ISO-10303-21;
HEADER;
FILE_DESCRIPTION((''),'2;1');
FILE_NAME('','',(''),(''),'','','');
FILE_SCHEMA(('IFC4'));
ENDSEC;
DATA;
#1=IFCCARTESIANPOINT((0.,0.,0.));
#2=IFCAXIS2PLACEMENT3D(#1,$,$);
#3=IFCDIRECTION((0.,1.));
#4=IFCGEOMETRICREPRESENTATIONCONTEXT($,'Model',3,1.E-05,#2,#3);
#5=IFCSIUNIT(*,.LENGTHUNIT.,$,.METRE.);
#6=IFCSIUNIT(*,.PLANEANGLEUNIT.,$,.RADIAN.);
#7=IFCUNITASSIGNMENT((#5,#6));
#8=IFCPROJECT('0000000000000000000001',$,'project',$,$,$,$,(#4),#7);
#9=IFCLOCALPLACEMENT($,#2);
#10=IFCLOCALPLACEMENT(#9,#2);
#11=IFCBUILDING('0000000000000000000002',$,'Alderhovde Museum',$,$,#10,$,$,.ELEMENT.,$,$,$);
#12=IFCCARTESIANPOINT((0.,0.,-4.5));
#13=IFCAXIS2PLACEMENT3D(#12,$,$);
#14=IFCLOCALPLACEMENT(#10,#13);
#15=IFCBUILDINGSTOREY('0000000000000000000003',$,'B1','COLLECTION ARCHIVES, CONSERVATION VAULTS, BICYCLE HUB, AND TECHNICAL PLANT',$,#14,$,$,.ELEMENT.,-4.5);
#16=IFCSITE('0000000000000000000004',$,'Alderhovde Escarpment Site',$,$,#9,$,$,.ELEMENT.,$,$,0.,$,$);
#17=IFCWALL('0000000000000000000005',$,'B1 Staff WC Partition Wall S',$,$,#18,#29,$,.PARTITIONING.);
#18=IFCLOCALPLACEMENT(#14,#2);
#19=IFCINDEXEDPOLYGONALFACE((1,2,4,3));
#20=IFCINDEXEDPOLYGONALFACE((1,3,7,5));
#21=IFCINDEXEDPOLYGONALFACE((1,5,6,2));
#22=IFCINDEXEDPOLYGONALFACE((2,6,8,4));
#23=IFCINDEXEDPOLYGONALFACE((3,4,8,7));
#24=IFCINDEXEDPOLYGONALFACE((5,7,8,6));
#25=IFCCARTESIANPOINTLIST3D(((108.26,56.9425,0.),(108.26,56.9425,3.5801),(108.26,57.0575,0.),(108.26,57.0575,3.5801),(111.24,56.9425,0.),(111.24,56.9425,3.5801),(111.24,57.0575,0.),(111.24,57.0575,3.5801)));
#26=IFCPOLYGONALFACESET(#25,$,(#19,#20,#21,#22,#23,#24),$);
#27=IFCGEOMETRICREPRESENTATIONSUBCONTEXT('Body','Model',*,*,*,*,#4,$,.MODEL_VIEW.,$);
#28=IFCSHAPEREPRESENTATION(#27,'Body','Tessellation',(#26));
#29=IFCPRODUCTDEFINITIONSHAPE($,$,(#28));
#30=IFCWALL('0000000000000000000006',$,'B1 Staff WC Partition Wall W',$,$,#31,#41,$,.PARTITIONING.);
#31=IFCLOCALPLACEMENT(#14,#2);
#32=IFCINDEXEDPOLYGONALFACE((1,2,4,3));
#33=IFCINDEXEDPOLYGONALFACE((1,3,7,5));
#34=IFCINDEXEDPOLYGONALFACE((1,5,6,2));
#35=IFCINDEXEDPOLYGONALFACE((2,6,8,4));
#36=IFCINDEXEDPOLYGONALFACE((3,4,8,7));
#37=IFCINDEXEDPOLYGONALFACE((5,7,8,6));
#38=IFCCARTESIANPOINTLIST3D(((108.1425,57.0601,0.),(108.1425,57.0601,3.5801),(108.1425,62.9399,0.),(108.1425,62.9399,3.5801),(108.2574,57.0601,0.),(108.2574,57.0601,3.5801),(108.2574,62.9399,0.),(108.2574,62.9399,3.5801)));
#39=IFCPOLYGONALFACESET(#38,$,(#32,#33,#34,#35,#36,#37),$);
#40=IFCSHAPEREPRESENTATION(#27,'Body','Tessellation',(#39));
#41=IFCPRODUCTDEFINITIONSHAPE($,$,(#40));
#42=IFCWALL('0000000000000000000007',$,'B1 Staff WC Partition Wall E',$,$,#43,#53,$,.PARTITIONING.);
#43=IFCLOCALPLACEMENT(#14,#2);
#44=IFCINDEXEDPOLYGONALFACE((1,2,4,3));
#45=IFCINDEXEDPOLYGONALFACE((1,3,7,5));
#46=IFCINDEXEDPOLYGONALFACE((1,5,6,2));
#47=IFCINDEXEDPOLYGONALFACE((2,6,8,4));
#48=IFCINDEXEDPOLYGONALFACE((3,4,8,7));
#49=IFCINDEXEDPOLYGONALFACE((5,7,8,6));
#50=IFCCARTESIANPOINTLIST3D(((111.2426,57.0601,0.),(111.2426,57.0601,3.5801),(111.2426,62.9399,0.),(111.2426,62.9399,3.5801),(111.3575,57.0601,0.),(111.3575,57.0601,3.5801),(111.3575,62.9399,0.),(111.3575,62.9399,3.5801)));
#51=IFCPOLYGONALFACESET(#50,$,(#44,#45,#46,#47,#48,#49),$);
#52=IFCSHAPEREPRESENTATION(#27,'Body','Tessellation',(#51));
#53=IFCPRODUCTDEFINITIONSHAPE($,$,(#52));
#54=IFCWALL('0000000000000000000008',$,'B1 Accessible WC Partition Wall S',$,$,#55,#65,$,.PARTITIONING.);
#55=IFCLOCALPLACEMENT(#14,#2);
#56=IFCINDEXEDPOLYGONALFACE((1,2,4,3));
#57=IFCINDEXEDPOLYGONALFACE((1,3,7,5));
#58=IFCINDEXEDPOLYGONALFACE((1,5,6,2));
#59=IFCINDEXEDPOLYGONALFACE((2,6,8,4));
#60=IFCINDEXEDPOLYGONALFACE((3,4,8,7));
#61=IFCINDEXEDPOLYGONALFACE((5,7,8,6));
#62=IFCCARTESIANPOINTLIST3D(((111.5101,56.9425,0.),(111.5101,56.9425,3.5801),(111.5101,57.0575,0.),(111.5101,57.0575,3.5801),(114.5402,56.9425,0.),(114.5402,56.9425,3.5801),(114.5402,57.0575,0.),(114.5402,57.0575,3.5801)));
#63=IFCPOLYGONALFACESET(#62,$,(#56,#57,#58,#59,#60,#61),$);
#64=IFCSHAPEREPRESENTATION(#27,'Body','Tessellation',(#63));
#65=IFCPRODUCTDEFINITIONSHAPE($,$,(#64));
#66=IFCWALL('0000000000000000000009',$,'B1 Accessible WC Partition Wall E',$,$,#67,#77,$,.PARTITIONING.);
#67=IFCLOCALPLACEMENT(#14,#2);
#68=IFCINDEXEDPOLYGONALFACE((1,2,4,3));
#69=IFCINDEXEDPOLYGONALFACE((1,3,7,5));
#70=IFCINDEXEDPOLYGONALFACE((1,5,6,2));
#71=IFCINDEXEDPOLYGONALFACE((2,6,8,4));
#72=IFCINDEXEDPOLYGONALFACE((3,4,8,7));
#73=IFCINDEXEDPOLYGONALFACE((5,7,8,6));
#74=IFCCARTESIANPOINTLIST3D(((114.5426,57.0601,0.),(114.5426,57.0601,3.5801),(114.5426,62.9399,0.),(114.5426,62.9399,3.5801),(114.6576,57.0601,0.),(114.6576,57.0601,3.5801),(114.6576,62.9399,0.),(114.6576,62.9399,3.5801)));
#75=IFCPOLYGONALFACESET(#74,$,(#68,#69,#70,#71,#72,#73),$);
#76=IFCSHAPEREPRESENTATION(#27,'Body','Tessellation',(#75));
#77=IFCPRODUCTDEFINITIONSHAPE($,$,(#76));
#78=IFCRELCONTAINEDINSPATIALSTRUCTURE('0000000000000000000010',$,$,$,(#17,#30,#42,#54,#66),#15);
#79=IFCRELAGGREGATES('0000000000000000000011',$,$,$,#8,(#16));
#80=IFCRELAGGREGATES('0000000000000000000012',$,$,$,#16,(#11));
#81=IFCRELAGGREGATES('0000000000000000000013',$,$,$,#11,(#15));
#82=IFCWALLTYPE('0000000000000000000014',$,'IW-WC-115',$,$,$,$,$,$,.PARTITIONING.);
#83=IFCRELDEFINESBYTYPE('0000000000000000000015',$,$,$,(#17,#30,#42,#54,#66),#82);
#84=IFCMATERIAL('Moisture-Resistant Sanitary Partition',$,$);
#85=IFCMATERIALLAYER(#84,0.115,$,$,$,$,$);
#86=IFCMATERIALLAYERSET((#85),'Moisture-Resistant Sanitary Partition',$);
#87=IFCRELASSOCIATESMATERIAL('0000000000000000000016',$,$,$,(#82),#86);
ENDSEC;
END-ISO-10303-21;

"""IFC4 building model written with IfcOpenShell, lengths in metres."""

from ifc_helpers import new_model, si_unit, direction, frame, frame_2d, origin, place, context, subcontext, project, spatial, rectangle, extrude, material, layer, layer_set, type_object, element, save


model = new_model("IFC4")

# Units and contexts
model_context = context("Model", 3, precision=1e-05, world=origin(), true_north=direction((0.0, 1.0)))
body_context = subcontext(model_context, "Body", "Model", "MODEL_VIEW")
ifc_project = project(units=[si_unit("LENGTHUNIT", "METRE"), si_unit("PLANEANGLEUNIT", "RADIAN")], contexts=[model_context])

# Site, building, storey
site_placement = place(None, origin())
site = spatial("IfcSite", under=ifc_project, at=site_placement, Name="Alderhovde Escarpment Site", CompositionType="ELEMENT", RefElevation=0.0)
building_placement = place(site_placement, origin())
building = spatial("IfcBuilding", under=site, at=building_placement, Name="Alderhovde Museum", CompositionType="ELEMENT")
storey_placement = place(building_placement, frame((0.0, 0.0, -4.5)))
storey = spatial("IfcBuildingStorey", under=building, at=storey_placement, Name="B1", Description="COLLECTION ARCHIVES, CONSERVATION VAULTS, BICYCLE HUB, AND TECHNICAL PLANT", CompositionType="ELEMENT", Elevation=-4.5)

# Shared definitions
ifc_material_1 = material(Name="Moisture-Resistant Sanitary Partition")
ifc_layer = layer(ifc_material_1, 0.115)
ifc_layer_set = layer_set([ifc_layer], Name="Moisture-Resistant Sanitary Partition")
wall_type = type_object("IfcWallType", Name="IW-WC-115", PredefinedType="PARTITIONING", material=ifc_layer_set)

# Walls
wall_1_placement = place(storey_placement, frame((108.26, 57.0, 0.0), z_axis=(0.0, 0.0, 1.0), x_axis=(1.0, 0.0, 0.0)))
element("IfcWall", 1, at=wall_1_placement, inside=storey, type_object=wall_type, Name="B1 Staff WC Partition Wall S", PredefinedType="PARTITIONING", context=body_context, shape_type="SweptSolid", body=[
    extrude(rectangle(XDim=2.98, YDim=0.115, at=frame_2d((1.49, 0.0))), origin(), (0.0, 0.0, 1.0), 3.5801),
])
for number, where, z_axis, x_axis, name in (
    (2, (108.2, 57.0601, 0.0), (0.0, 0.0, 1.0), (0.0, 1.0, 0.0), "B1 Staff WC Partition Wall W"),
    (3, (111.3, 57.0601, 0.0), (0.0, 0.0, 1.0), (0.0, 1.0, 0.0), "B1 Staff WC Partition Wall E"),
):
    element("IfcWall", number, at=place(storey_placement, frame(where, z_axis=z_axis, x_axis=x_axis)), inside=storey, type_object=wall_type, Name=name, PredefinedType="PARTITIONING", context=body_context, shape_type="SweptSolid", body=[
        extrude(rectangle(XDim=5.8799, YDim=0.115, at=frame_2d((2.9399, 0.0))), origin(), (0.0, 0.0, 1.0), 3.5801),
    ])

# Walls
wall_2_placement = place(storey_placement, frame((111.51, 57.0, 0.0), z_axis=(0.0, 0.0, 1.0), x_axis=(1.0, 0.0, 0.0)))
element("IfcWall", 4, at=wall_2_placement, inside=storey, type_object=wall_type, Name="B1 Accessible WC Partition Wall S", PredefinedType="PARTITIONING", context=body_context, shape_type="SweptSolid", body=[
    extrude(rectangle(XDim=3.03, YDim=0.115, at=frame_2d((1.5151, 0.0))), origin(), (0.0, 0.0, 1.0), 3.5801),
])
wall_3_placement = place(storey_placement, frame((114.6001, 57.0601, 0.0), z_axis=(0.0, 0.0, 1.0), x_axis=(0.0, 1.0, 0.0)))
element("IfcWall", 5, at=wall_3_placement, inside=storey, type_object=wall_type, Name="B1 Accessible WC Partition Wall E", PredefinedType="PARTITIONING", context=body_context, shape_type="SweptSolid", body=[
    extrude(rectangle(XDim=5.8799, YDim=0.115, at=frame_2d((2.9399, 0.0))), origin(), (0.0, 0.0, 1.0), 3.5801),
])

save(model, "model.ifc")
